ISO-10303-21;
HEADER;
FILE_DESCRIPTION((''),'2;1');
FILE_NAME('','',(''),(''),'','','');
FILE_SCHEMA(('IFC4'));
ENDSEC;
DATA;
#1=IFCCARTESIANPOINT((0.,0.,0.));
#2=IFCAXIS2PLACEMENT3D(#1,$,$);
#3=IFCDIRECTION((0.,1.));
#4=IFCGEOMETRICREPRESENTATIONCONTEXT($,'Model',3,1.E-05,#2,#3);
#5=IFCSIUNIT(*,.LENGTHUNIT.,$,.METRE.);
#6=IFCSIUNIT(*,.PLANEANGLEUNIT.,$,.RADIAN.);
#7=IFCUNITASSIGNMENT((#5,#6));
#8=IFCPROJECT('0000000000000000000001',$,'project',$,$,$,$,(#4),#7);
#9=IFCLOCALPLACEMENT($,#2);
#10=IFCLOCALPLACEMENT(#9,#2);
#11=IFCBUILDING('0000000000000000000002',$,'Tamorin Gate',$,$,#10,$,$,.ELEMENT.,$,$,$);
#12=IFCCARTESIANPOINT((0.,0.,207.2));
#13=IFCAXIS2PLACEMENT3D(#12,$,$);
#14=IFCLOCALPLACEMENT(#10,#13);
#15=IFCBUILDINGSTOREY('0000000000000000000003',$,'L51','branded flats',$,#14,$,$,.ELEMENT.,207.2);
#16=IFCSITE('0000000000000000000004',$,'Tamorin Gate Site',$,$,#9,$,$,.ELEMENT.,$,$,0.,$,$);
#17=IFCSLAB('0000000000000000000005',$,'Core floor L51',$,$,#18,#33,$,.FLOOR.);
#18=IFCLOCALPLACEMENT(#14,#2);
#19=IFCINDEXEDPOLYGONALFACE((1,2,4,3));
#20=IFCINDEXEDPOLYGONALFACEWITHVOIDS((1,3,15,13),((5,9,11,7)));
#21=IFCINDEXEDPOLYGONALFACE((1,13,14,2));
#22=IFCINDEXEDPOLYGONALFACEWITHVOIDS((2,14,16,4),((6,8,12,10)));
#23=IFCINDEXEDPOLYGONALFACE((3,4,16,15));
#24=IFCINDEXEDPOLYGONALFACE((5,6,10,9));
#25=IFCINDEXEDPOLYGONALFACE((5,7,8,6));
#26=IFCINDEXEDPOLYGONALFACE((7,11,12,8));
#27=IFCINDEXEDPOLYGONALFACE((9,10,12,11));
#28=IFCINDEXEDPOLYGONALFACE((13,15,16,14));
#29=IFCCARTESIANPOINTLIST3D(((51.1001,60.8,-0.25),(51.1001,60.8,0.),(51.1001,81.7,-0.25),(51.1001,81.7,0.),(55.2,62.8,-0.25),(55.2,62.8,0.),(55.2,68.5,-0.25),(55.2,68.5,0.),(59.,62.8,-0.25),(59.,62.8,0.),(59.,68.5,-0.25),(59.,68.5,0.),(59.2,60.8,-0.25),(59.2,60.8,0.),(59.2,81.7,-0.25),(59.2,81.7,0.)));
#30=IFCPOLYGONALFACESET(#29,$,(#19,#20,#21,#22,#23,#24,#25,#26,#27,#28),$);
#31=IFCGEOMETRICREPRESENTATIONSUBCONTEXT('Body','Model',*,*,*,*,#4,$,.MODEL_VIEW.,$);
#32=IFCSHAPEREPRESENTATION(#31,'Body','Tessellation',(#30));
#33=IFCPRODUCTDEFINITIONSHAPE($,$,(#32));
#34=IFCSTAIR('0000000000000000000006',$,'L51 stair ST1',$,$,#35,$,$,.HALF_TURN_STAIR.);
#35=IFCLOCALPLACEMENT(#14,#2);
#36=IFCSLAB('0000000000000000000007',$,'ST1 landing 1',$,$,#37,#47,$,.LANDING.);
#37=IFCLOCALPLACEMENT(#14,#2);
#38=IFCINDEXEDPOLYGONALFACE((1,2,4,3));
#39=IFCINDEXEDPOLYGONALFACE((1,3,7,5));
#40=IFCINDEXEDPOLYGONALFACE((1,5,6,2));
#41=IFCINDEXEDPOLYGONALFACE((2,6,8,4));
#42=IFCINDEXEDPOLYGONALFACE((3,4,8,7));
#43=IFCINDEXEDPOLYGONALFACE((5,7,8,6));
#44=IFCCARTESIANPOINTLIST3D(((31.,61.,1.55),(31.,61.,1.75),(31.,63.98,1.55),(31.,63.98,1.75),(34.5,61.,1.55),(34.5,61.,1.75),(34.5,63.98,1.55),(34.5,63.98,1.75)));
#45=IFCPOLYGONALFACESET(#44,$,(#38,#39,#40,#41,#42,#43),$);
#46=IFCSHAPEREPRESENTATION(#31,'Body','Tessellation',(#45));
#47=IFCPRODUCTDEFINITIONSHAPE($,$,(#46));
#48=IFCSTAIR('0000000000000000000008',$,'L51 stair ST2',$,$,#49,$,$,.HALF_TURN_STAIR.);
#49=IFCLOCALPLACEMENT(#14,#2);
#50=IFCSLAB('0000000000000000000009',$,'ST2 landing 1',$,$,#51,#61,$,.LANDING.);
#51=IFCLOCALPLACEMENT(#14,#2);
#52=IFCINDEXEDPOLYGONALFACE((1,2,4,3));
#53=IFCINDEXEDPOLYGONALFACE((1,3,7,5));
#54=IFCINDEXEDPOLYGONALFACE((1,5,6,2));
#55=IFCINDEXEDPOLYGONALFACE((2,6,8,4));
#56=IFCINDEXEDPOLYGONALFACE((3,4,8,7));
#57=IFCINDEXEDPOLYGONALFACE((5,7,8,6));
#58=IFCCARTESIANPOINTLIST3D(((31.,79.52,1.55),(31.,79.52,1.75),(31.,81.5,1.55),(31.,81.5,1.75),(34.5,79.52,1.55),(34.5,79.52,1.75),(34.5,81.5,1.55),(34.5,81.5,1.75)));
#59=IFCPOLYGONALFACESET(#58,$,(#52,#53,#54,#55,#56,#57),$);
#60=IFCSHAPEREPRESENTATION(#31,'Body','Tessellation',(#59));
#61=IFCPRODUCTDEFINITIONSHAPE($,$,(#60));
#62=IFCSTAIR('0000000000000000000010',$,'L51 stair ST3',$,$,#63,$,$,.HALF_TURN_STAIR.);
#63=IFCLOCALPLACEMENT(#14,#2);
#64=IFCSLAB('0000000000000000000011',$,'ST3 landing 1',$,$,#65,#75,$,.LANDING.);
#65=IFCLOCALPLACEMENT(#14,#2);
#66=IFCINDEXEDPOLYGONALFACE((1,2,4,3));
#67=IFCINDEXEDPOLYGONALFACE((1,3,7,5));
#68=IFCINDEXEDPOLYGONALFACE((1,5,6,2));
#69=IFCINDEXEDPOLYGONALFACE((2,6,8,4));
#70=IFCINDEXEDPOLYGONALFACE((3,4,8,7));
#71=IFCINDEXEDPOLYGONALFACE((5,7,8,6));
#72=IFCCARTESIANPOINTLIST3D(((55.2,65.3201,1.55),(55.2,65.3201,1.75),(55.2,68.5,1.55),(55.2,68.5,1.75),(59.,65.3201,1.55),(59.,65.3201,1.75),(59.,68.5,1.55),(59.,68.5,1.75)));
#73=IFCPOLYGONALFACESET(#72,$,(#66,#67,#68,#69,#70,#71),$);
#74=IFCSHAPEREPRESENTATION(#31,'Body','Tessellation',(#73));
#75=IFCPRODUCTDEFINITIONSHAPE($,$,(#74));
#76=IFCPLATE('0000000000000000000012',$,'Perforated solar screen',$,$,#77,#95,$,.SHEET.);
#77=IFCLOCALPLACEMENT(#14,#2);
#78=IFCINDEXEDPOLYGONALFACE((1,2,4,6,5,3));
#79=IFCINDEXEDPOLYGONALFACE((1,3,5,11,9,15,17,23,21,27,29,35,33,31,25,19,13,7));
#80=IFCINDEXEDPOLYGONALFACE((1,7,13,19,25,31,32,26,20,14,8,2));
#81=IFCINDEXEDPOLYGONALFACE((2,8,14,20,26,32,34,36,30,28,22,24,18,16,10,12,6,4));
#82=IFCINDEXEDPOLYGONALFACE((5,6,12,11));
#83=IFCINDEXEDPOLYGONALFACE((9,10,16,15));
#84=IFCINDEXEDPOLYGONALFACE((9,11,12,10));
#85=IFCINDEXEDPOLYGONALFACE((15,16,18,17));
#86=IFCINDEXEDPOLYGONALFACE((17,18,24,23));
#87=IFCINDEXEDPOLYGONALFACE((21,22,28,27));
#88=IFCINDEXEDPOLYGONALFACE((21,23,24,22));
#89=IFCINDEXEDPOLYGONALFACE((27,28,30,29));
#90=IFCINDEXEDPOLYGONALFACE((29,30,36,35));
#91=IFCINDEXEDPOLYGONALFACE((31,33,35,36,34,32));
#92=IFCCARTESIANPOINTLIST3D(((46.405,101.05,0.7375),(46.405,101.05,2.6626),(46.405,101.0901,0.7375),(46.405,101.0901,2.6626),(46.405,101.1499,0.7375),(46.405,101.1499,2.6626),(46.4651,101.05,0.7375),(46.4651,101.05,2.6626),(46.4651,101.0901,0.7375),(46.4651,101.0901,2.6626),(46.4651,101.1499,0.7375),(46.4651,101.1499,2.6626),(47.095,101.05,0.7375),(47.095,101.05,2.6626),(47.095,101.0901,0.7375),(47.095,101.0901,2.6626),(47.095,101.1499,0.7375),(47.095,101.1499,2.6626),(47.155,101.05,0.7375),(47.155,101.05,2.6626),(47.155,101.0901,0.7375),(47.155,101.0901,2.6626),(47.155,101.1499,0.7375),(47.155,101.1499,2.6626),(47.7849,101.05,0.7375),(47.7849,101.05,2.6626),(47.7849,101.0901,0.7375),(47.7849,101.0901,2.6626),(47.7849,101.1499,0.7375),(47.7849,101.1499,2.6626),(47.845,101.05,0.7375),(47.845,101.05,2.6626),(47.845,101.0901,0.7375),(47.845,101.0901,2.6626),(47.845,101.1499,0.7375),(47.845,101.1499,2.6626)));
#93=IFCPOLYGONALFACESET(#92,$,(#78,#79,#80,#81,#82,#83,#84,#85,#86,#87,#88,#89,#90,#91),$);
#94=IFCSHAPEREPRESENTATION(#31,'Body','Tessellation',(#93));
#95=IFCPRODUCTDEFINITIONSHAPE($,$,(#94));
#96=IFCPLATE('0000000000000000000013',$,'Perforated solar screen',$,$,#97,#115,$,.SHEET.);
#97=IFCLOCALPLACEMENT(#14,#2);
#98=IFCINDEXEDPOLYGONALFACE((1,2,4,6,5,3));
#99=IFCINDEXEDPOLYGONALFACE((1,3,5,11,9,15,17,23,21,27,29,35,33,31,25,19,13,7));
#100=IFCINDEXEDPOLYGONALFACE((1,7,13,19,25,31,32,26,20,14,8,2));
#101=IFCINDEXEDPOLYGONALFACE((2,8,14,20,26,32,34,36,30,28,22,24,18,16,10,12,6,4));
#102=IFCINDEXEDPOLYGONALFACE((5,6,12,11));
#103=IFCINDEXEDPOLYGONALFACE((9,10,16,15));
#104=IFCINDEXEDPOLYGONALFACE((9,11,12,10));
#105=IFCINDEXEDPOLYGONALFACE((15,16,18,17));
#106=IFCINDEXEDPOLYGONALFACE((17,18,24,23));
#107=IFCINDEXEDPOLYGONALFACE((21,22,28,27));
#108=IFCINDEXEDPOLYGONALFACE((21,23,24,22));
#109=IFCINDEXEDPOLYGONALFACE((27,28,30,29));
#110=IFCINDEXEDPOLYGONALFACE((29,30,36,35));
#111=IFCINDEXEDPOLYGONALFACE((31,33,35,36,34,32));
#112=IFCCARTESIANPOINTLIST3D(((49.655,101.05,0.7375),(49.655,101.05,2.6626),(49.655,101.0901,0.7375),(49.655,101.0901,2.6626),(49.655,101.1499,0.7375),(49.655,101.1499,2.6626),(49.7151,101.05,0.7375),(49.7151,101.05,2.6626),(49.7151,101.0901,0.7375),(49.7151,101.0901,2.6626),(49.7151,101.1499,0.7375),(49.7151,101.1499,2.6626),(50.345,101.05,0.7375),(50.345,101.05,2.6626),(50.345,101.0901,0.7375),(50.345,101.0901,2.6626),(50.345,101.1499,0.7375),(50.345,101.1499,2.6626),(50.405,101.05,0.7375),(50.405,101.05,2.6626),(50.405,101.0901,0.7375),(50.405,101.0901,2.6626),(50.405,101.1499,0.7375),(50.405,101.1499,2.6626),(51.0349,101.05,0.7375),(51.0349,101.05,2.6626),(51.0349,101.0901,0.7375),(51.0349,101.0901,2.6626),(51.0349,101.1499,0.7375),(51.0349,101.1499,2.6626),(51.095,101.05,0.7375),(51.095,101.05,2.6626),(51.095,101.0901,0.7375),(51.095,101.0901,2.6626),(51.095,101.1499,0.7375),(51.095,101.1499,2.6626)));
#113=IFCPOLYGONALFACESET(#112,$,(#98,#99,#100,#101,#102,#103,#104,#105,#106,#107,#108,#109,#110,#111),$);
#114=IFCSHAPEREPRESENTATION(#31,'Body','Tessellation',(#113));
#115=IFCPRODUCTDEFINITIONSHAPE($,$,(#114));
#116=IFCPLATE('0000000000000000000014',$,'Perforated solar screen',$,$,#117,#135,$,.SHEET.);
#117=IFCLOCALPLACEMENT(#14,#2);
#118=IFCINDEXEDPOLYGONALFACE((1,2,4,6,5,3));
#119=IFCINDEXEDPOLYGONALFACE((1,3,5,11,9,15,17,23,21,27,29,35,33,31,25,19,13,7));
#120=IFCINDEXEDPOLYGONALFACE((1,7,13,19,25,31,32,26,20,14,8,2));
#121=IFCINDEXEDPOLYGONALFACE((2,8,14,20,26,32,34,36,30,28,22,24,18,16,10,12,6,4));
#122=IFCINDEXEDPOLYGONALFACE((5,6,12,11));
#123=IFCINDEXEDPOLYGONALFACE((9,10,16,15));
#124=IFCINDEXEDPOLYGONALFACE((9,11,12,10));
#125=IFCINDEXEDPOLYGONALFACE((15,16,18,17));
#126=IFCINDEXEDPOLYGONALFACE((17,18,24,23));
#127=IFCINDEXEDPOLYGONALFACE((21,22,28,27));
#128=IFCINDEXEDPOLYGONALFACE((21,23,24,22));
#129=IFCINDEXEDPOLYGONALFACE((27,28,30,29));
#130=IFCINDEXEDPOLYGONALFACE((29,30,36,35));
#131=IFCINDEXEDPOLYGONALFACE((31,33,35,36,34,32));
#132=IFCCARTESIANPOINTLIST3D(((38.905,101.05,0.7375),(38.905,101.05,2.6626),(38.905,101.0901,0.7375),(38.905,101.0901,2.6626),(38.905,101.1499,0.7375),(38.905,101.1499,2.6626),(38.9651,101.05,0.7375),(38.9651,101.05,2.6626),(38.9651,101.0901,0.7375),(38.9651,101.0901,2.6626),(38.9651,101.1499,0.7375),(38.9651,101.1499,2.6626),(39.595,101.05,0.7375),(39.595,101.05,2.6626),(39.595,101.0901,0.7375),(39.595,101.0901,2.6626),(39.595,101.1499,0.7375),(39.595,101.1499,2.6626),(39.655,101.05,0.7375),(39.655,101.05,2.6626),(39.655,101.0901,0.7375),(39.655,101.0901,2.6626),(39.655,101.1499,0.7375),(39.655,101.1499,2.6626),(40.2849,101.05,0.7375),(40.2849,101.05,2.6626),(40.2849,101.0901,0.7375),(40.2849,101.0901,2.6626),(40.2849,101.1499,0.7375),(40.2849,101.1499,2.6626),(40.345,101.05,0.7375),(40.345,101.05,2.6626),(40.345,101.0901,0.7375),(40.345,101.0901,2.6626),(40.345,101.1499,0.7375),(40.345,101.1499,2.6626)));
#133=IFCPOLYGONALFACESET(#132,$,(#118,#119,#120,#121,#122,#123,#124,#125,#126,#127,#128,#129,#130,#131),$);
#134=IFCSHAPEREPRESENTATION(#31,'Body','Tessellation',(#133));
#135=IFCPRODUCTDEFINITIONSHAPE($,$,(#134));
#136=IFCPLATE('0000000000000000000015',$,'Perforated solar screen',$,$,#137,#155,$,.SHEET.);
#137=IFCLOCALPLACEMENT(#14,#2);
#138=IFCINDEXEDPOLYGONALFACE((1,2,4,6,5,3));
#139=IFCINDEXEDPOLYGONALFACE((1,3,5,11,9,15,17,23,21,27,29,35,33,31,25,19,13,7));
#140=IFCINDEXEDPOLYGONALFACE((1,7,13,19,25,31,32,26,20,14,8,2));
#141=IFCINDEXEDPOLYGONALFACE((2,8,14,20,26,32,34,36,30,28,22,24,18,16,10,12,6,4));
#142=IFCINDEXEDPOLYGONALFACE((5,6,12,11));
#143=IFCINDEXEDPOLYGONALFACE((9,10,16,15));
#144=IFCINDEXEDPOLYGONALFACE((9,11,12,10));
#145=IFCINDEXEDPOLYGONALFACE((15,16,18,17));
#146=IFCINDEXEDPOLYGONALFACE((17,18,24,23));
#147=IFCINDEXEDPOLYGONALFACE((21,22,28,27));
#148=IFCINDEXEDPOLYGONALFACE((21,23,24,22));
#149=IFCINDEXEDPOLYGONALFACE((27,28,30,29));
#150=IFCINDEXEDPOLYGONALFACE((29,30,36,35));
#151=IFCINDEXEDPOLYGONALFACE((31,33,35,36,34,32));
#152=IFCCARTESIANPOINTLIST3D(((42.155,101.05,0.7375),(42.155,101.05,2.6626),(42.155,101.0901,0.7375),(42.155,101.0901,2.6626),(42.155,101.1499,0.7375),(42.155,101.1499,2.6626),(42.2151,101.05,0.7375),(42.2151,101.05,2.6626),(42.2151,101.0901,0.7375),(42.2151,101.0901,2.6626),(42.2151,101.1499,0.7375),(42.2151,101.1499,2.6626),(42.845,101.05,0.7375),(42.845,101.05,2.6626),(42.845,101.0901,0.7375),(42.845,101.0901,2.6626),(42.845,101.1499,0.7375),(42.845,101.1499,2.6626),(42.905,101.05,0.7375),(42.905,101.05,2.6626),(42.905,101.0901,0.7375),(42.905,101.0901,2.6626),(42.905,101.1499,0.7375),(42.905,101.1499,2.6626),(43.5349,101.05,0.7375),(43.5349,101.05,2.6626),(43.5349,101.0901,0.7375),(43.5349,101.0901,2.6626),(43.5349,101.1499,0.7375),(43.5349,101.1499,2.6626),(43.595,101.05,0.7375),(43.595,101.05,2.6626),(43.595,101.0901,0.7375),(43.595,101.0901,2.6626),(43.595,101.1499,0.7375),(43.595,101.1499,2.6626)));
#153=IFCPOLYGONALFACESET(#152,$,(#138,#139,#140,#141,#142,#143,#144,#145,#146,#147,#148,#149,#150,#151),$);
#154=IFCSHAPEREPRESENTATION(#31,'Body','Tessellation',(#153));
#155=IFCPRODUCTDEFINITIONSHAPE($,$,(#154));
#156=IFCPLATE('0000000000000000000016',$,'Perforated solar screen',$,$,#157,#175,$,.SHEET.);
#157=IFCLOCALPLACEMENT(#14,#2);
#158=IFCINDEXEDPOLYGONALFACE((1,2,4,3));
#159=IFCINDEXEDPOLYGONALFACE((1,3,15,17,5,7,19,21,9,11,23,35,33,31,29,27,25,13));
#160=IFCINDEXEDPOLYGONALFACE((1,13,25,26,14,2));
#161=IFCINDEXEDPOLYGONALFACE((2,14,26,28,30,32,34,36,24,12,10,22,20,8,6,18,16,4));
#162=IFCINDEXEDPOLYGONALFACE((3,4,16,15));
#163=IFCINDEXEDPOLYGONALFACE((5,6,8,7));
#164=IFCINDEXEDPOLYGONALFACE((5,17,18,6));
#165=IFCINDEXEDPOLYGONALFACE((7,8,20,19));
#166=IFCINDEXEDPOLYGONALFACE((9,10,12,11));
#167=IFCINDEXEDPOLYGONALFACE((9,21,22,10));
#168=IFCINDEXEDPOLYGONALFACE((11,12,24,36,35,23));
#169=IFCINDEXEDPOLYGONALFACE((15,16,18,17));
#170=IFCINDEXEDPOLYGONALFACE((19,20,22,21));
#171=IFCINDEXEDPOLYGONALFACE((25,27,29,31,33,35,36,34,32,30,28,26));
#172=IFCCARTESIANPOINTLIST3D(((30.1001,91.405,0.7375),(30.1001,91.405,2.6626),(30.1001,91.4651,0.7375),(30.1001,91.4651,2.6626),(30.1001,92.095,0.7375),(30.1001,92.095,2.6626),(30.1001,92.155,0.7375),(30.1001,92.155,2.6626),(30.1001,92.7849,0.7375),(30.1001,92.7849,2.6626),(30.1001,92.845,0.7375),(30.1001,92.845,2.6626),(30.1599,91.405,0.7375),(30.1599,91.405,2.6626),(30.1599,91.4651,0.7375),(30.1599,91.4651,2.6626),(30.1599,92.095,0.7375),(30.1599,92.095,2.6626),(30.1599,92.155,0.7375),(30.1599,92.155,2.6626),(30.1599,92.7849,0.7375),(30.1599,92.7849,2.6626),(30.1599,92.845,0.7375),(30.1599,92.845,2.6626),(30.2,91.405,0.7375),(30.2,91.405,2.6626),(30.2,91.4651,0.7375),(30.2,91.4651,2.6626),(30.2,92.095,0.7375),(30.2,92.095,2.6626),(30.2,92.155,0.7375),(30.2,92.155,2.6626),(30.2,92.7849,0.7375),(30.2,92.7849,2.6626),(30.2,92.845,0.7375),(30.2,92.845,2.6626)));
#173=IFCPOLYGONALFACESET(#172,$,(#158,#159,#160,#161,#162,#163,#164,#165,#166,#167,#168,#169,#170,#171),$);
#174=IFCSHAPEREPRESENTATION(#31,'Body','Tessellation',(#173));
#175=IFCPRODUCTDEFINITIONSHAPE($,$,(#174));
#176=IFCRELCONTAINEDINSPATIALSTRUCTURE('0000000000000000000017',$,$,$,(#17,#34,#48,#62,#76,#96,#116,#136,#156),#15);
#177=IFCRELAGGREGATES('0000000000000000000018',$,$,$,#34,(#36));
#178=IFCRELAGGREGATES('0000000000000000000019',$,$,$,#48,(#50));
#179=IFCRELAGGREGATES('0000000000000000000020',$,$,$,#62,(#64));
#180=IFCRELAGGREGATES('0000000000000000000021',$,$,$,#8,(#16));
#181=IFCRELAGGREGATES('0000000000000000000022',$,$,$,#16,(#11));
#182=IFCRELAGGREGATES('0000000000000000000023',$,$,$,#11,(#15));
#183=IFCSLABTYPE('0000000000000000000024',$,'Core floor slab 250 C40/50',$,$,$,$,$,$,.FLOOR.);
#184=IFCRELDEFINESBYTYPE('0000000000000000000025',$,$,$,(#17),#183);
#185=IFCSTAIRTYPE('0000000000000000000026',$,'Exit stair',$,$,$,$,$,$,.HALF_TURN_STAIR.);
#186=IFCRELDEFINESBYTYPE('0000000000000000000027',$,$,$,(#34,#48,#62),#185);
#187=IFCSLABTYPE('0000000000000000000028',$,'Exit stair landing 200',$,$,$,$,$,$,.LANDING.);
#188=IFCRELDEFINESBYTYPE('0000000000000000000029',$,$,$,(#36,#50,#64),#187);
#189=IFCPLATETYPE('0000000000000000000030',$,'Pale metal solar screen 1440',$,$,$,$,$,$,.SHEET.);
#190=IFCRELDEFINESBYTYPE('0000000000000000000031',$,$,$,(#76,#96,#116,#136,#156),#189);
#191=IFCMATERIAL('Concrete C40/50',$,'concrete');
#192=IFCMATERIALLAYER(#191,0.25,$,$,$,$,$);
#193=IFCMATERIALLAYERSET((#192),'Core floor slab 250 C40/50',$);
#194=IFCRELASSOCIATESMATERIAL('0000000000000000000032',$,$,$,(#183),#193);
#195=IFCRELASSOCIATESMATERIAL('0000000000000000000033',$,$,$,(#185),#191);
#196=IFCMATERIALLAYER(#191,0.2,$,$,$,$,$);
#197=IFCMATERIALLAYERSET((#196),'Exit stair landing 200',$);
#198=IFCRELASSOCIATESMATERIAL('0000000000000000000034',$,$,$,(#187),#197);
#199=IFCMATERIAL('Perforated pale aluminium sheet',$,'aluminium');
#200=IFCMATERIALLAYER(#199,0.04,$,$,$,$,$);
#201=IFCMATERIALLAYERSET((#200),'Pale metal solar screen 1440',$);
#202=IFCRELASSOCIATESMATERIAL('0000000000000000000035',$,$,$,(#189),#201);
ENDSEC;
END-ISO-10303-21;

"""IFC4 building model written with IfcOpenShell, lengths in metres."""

from ifc_helpers import new_model, si_unit, direction, frame, origin, place, context, subcontext, project, spatial, polyline, outline, extrude, material, layer, layer_set, type_object, element, aggregate, save


model = new_model("IFC4")

# Units and contexts
model_context = context("Model", 3, precision=1e-05, world=origin(), true_north=direction((0.0, 1.0)))
body_context = subcontext(model_context, "Body", "Model", "MODEL_VIEW")
ifc_project = project(units=[si_unit("LENGTHUNIT", "METRE"), si_unit("PLANEANGLEUNIT", "RADIAN")], contexts=[model_context])

# Site, building, storey
site_placement = place(None, origin())
site = spatial("IfcSite", under=ifc_project, at=site_placement, Name="Tamorin Gate Site", CompositionType="ELEMENT", RefElevation=0.0)
building_placement = place(site_placement, origin())
building = spatial("IfcBuilding", under=site, at=building_placement, Name="Tamorin Gate", CompositionType="ELEMENT")
storey_placement = place(building_placement, frame((0.0, 0.0, 207.2)))
storey = spatial("IfcBuildingStorey", under=building, at=storey_placement, Name="L51", Description="branded flats", CompositionType="ELEMENT", Elevation=207.2)

# Slab
ifc_material_1 = material(Name="Concrete C40/50", Category="concrete")
ifc_layer_1 = layer(ifc_material_1, 0.25)
ifc_layer_set_1 = layer_set([ifc_layer_1], Name="Core floor slab 250 C40/50")
slab_type_1 = type_object("IfcSlabType", Name="Core floor slab 250 C40/50", PredefinedType="FLOOR", material=ifc_layer_set_1)
slab_1_placement = place(storey_placement, frame((0.0, 0.0, -0.25)))
element("IfcSlab", 1, at=slab_1_placement, inside=storey, type_object=slab_type_1, Name="Core floor L51", PredefinedType="FLOOR", context=body_context, shape_type="SweptSolid", body=[
    extrude(outline(polyline([(51.1001, 81.7), (59.2, 81.7), (59.2, 60.8), (51.1001, 60.8), (51.1001, 81.7)]), holes=[polyline([(55.2, 62.8), (59.0, 62.8), (59.0, 68.5), (55.2, 68.5), (55.2, 62.8)])]), origin(), (0.0, 0.0, 1.0), 0.25),
])

# Stairs, slabs
stair_type = type_object("IfcStairType", Name="Exit stair", PredefinedType="HALF_TURN_STAIR", material=ifc_material_1)
stair_1_placement = place(storey_placement, origin())
stair_1 = element("IfcStair", 2, at=stair_1_placement, inside=storey, type_object=stair_type, Name="L51 stair ST1", PredefinedType="HALF_TURN_STAIR")
ifc_layer_2 = layer(ifc_material_1, 0.2)
ifc_layer_set_2 = layer_set([ifc_layer_2], Name="Exit stair landing 200")
slab_type_2 = type_object("IfcSlabType", Name="Exit stair landing 200", PredefinedType="LANDING", material=ifc_layer_set_2)
slab_2_placement = place(storey_placement, frame((0.0, 0.0, 1.55)))
slab_2 = element("IfcSlab", 3, at=slab_2_placement, type_object=slab_type_2, Name="ST1 landing 1", PredefinedType="LANDING", context=body_context, shape_type="SweptSolid", body=[
    extrude(outline(polyline([(31.0, 63.98), (31.0, 61.0), (34.5, 61.0), (34.5, 63.98), (31.0, 63.98)])), origin(), (0.0, 0.0, 1.0), 0.2),
])
aggregate(stair_1, [slab_2])
stair_2_placement = place(storey_placement, origin())
stair_2 = element("IfcStair", 4, at=stair_2_placement, inside=storey, type_object=stair_type, Name="L51 stair ST2", PredefinedType="HALF_TURN_STAIR")
slab_3_placement = place(storey_placement, frame((0.0, 0.0, 1.55)))
slab_3 = element("IfcSlab", 5, at=slab_3_placement, type_object=slab_type_2, Name="ST2 landing 1", PredefinedType="LANDING", context=body_context, shape_type="SweptSolid", body=[
    extrude(outline(polyline([(34.5, 79.52), (34.5, 81.5), (31.0, 81.5), (31.0, 79.52), (34.5, 79.52)])), origin(), (0.0, 0.0, 1.0), 0.2),
])
aggregate(stair_2, [slab_3])
stair_3_placement = place(storey_placement, origin())
stair_3 = element("IfcStair", 6, at=stair_3_placement, inside=storey, type_object=stair_type, Name="L51 stair ST3", PredefinedType="HALF_TURN_STAIR")
slab_4_placement = place(storey_placement, frame((0.0, 0.0, 1.55)))
slab_4 = element("IfcSlab", 7, at=slab_4_placement, type_object=slab_type_2, Name="ST3 landing 1", PredefinedType="LANDING", context=body_context, shape_type="SweptSolid", body=[
    extrude(outline(polyline([(59.0, 65.3201), (59.0, 68.5), (55.2, 68.5), (55.2, 65.3201), (59.0, 65.3201)])), origin(), (0.0, 0.0, 1.0), 0.2),
])
aggregate(stair_3, [slab_4])

# Plates
ifc_material_2 = material(Name="Perforated pale aluminium sheet", Category="aluminium")
ifc_layer_3 = layer(ifc_material_2, 0.04)
ifc_layer_set_3 = layer_set([ifc_layer_3], Name="Pale metal solar screen 1440")
plate_type_1 = type_object("IfcPlateType", Name="Pale metal solar screen 1440", PredefinedType="SHEET", material=ifc_layer_set_3)
plate_1_placement = place(storey_placement, frame((0.0, 0.0, 0.7375)))
element("IfcPlate", 8, at=plate_1_placement, inside=storey, type_object=plate_type_1, Name="Perforated solar screen", PredefinedType="SHEET", context=body_context, shape_type="SweptSolid", body=[
    extrude(outline(polyline([(47.845, 101.0901), (47.845, 101.05), (47.7849, 101.05), (47.155, 101.05), (47.095, 101.05), (46.4651, 101.05), (46.405, 101.05), (46.405, 101.0901), (46.405, 101.1499), (46.4651, 101.1499), (46.4651, 101.0901), (47.095, 101.0901), (47.095, 101.1499), (47.155, 101.1499), (47.155, 101.0901), (47.7849, 101.0901), (47.7849, 101.1499), (47.845, 101.1499), (47.845, 101.0901)])), origin(), (0.0, 0.0, 1.0), 1.925),
])
plate_2_placement = place(storey_placement, frame((0.0, 0.0, 0.7375)))
element("IfcPlate", 9, at=plate_2_placement, inside=storey, type_object=plate_type_1, Name="Perforated solar screen", PredefinedType="SHEET", context=body_context, shape_type="SweptSolid", body=[
    extrude(outline(polyline([(51.095, 101.0901), (51.095, 101.05), (51.0349, 101.05), (50.405, 101.05), (50.345, 101.05), (49.7151, 101.05), (49.655, 101.05), (49.655, 101.0901), (49.655, 101.1499), (49.7151, 101.1499), (49.7151, 101.0901), (50.345, 101.0901), (50.345, 101.1499), (50.405, 101.1499), (50.405, 101.0901), (51.0349, 101.0901), (51.0349, 101.1499), (51.095, 101.1499), (51.095, 101.0901)])), origin(), (0.0, 0.0, 1.0), 1.925),
])
plate_3_placement = place(storey_placement, frame((0.0, 0.0, 0.7375)))
element("IfcPlate", 10, at=plate_3_placement, inside=storey, type_object=plate_type_1, Name="Perforated solar screen", PredefinedType="SHEET", context=body_context, shape_type="SweptSolid", body=[
    extrude(outline(polyline([(40.345, 101.0901), (40.345, 101.05), (40.2849, 101.05), (39.655, 101.05), (39.595, 101.05), (38.9651, 101.05), (38.905, 101.05), (38.905, 101.0901), (38.905, 101.1499), (38.9651, 101.1499), (38.9651, 101.0901), (39.595, 101.0901), (39.595, 101.1499), (39.655, 101.1499), (39.655, 101.0901), (40.2849, 101.0901), (40.2849, 101.1499), (40.345, 101.1499), (40.345, 101.0901)])), origin(), (0.0, 0.0, 1.0), 1.925),
])
plate_4_placement = place(storey_placement, frame((0.0, 0.0, 0.7375)))
element("IfcPlate", 11, at=plate_4_placement, inside=storey, type_object=plate_type_1, Name="Perforated solar screen", PredefinedType="SHEET", context=body_context, shape_type="SweptSolid", body=[
    extrude(outline(polyline([(43.595, 101.0901), (43.595, 101.05), (43.5349, 101.05), (42.905, 101.05), (42.845, 101.05), (42.2151, 101.05), (42.155, 101.05), (42.155, 101.0901), (42.155, 101.1499), (42.2151, 101.1499), (42.2151, 101.0901), (42.845, 101.0901), (42.845, 101.1499), (42.905, 101.1499), (42.905, 101.0901), (43.5349, 101.0901), (43.5349, 101.1499), (43.595, 101.1499), (43.595, 101.0901)])), origin(), (0.0, 0.0, 1.0), 1.925),
])
plate_5_placement = place(storey_placement, frame((0.0, 0.0, 0.7375)))
element("IfcPlate", 12, at=plate_5_placement, inside=storey, type_object=plate_type_1, Name="Perforated solar screen", PredefinedType="SHEET", context=body_context, shape_type="SweptSolid", body=[
    extrude(outline(polyline([(30.1599, 92.845), (30.2, 92.845), (30.2, 92.7849), (30.2, 92.155), (30.2, 92.095), (30.2, 91.4651), (30.2, 91.405), (30.2, 91.405), (30.1599, 91.405), (30.1599, 91.405), (30.1001, 91.405), (30.1001, 91.4651), (30.1599, 91.4651), (30.1599, 92.095), (30.1001, 92.095), (30.1001, 92.155), (30.1599, 92.155), (30.1599, 92.7849), (30.1001, 92.7849), (30.1001, 92.845), (30.1599, 92.845)])), origin(), (0.0, 0.0, 1.0), 1.925),
])

save(model, "model.ifc")
